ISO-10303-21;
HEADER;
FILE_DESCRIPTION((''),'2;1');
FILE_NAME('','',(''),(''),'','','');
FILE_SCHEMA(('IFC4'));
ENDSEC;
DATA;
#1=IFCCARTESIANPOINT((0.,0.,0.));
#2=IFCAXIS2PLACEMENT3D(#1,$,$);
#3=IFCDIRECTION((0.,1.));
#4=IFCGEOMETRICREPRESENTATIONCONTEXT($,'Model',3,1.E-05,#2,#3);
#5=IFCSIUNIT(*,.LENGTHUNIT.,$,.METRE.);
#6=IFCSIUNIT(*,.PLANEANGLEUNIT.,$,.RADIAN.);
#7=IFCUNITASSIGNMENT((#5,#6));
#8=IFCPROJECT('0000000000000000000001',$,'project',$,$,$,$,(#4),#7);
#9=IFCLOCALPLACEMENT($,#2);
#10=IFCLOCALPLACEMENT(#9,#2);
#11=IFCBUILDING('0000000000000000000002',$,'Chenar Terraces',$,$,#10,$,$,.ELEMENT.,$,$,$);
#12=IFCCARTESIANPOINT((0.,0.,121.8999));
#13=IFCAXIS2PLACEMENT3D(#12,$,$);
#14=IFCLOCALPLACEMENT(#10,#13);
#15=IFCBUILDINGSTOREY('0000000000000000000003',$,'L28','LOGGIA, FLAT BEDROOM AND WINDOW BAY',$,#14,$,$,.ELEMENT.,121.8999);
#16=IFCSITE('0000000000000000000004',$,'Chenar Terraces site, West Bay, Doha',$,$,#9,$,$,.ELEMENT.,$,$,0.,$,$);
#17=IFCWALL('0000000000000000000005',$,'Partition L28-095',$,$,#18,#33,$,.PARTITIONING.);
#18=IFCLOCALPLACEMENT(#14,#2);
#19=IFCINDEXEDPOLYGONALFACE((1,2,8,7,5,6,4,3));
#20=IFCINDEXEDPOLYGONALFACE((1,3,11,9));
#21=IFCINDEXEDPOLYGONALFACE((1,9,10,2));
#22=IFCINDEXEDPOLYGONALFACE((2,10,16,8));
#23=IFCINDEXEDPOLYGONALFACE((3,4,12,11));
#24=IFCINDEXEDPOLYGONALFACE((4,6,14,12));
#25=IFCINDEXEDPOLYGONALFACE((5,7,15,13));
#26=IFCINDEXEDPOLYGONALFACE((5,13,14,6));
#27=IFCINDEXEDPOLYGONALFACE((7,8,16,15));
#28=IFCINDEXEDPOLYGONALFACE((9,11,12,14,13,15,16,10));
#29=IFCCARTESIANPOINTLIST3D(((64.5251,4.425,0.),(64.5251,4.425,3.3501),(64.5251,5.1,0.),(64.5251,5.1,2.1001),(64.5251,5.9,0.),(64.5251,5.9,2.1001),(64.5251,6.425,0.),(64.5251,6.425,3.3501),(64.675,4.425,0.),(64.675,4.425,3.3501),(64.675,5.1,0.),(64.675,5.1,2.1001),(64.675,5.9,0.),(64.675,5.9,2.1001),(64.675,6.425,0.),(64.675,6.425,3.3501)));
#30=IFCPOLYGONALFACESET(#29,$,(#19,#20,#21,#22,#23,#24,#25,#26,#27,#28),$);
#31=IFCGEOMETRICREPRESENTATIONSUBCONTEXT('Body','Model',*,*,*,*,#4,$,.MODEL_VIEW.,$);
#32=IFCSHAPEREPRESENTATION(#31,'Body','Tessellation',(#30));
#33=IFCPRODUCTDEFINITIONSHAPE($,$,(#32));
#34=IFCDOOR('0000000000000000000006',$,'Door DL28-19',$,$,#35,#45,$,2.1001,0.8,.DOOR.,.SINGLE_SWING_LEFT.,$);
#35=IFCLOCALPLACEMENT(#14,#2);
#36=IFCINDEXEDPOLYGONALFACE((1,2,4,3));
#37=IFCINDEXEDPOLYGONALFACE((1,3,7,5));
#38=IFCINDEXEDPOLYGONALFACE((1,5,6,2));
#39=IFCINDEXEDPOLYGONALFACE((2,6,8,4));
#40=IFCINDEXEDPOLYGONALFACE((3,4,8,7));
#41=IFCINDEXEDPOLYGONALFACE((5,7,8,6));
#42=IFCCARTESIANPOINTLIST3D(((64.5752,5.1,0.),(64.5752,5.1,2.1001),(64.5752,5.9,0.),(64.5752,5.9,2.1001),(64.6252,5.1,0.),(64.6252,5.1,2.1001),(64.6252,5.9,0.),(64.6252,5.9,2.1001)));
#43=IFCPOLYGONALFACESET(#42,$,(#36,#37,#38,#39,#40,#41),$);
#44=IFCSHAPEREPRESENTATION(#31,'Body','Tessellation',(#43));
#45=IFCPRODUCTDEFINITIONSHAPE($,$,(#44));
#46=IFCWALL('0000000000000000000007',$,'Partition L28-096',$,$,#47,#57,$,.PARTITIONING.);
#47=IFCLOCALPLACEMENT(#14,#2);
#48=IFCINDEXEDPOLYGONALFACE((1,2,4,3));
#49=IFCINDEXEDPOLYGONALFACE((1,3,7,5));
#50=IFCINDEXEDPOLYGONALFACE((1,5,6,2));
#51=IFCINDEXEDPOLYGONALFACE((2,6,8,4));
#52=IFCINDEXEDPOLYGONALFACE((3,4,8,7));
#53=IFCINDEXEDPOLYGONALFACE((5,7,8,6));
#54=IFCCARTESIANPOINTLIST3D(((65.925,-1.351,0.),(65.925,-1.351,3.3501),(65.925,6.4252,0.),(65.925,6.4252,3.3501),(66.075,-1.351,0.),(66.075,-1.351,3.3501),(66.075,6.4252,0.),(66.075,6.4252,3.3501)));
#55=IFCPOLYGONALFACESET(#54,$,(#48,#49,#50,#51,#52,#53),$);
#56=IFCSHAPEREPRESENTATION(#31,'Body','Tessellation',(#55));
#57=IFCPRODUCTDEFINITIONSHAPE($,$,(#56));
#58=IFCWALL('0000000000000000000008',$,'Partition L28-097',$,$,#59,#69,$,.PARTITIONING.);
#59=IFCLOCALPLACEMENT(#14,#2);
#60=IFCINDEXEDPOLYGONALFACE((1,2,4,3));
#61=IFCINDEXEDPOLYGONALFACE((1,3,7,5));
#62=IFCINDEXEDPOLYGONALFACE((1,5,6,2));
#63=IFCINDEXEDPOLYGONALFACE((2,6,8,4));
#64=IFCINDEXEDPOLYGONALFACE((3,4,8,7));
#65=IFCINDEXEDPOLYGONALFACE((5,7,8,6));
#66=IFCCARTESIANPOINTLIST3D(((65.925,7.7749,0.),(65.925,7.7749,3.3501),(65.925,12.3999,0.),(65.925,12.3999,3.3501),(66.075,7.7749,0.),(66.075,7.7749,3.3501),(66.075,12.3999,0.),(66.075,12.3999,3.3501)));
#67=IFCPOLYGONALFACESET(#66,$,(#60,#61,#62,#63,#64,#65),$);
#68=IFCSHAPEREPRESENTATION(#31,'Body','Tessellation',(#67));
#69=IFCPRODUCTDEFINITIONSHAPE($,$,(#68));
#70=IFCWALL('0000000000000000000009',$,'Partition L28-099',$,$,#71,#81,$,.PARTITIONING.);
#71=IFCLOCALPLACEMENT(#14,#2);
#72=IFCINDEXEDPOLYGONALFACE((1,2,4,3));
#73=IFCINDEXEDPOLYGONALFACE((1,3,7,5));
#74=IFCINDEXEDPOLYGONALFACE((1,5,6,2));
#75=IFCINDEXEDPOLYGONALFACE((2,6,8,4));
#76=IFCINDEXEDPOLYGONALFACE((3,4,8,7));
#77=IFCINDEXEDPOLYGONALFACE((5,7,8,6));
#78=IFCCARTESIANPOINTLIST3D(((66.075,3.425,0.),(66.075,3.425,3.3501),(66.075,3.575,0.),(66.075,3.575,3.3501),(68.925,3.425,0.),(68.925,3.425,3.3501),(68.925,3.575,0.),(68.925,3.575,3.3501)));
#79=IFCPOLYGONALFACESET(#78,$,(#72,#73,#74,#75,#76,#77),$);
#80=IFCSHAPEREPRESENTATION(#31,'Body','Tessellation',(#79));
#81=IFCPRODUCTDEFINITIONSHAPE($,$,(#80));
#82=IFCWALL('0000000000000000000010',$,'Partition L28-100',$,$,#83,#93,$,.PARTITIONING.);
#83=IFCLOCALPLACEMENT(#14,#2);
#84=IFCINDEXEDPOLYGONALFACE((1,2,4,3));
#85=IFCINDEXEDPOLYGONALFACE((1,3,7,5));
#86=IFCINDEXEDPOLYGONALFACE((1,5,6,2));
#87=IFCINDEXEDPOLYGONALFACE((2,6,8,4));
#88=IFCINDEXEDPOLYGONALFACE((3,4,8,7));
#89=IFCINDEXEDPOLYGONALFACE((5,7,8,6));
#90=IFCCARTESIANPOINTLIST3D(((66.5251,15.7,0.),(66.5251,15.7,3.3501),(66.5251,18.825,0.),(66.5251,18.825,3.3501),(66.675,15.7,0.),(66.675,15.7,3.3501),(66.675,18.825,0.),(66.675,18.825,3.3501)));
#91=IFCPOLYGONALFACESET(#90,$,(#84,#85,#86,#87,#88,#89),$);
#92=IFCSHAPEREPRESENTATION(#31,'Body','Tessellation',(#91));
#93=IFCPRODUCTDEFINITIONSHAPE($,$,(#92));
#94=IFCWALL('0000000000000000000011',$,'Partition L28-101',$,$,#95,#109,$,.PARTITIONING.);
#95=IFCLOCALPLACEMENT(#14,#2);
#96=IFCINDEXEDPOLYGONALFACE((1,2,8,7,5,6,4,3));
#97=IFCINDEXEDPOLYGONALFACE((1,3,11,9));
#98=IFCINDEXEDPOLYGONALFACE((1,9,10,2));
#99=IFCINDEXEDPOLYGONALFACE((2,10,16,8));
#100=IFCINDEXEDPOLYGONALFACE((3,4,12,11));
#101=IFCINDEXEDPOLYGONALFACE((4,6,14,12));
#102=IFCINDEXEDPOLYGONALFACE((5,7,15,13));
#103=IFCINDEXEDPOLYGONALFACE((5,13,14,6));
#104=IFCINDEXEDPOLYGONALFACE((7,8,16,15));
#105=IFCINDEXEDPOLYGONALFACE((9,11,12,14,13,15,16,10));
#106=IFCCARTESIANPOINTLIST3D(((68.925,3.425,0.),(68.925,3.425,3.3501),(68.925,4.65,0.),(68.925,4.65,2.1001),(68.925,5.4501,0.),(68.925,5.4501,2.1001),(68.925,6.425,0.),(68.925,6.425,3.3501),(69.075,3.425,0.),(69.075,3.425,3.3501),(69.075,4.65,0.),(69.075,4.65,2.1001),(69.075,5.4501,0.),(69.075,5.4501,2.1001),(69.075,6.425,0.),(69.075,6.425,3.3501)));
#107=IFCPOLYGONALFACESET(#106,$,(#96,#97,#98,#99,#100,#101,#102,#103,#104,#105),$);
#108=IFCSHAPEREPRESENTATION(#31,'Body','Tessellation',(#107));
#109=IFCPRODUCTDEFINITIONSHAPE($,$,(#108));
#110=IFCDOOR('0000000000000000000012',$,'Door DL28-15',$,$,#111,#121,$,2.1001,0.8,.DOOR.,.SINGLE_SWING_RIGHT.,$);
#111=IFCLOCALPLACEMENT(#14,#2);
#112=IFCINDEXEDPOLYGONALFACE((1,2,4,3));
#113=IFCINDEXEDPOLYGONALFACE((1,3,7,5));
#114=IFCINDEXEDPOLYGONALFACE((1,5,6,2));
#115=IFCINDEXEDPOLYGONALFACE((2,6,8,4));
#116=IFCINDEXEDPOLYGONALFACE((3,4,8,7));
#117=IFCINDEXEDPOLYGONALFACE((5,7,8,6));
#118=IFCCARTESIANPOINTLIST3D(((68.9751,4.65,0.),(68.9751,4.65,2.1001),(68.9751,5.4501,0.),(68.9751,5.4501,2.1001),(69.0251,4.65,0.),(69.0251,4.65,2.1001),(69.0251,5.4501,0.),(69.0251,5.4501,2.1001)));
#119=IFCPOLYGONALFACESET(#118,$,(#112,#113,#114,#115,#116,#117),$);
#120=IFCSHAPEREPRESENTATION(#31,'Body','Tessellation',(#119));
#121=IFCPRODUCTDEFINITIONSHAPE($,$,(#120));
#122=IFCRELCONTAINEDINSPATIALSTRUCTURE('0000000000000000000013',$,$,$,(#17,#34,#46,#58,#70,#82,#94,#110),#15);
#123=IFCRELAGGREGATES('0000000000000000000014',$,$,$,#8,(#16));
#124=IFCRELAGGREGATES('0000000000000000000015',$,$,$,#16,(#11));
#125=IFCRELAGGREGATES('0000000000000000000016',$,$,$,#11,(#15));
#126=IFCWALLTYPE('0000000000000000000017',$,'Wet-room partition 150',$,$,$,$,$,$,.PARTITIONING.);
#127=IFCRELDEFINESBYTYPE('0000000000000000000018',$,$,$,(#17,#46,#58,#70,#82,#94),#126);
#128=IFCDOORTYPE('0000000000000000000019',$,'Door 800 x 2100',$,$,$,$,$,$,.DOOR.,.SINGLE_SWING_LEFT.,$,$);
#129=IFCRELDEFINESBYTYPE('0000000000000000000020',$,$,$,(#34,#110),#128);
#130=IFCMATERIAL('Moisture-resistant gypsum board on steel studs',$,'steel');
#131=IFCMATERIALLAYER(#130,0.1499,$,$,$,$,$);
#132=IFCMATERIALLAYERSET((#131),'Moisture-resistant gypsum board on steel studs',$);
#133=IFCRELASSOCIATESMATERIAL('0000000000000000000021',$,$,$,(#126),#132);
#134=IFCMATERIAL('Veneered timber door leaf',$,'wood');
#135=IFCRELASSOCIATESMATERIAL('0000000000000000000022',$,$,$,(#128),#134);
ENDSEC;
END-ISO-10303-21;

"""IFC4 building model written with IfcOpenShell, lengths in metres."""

from ifc_helpers import new_model, si_unit, direction, frame, frame_2d, origin, place, context, subcontext, project, spatial, rectangle, extrude, material, layer, layer_set, type_object, element, fill, save


model = new_model("IFC4")

# Units and contexts
model_context = context("Model", 3, precision=1e-05, world=origin(), true_north=direction((0.0, 1.0)))
body_context = subcontext(model_context, "Body", "Model", "MODEL_VIEW")
ifc_project = project(units=[si_unit("LENGTHUNIT", "METRE"), si_unit("PLANEANGLEUNIT", "RADIAN")], contexts=[model_context])

# Site, building, storey
site_placement = place(None, origin())
site = spatial("IfcSite", under=ifc_project, at=site_placement, Name="Chenar Terraces site, West Bay, Doha", CompositionType="ELEMENT", RefElevation=0.0)
building_placement = place(site_placement, origin())
building = spatial("IfcBuilding", under=site, at=building_placement, Name="Chenar Terraces", CompositionType="ELEMENT")
storey_placement = place(building_placement, frame((0.0, 0.0, 121.8999)))
storey = spatial("IfcBuildingStorey", under=building, at=storey_placement, Name="L28", Description="LOGGIA, FLAT BEDROOM AND WINDOW BAY", CompositionType="ELEMENT", Elevation=121.8999)

# Shared definitions
ifc_material_1 = material(Name="Moisture-resistant gypsum board on steel studs", Category="steel")
ifc_layer_1 = layer(ifc_material_1, 0.1499)
ifc_layer_set_1 = layer_set([ifc_layer_1], Name="Moisture-resistant gypsum board on steel studs")
wall_type_1 = type_object("IfcWallType", Name="Wet-room partition 150", PredefinedType="PARTITIONING", material=ifc_layer_set_1)

# Wall, opening, door
wall_1_placement = place(storey_placement, frame((64.6001, 4.425, 0.0), z_axis=(0.0, 0.0, 1.0), x_axis=(0.0, 1.0, 0.0)))
wall_1 = element("IfcWall", 1, at=wall_1_placement, inside=storey, type_object=wall_type_1, Name="Partition L28-095", PredefinedType="PARTITIONING", context=body_context, shape_type="SweptSolid", body=[
    extrude(rectangle(XDim=2.0, YDim=0.1499, at=frame_2d((1.0, 0.0))), origin(), (0.0, 0.0, 1.0), 3.3501),
])
opening_1_placement = place(wall_1_placement, frame((0.675, 0.0, 0.0)))
opening_1 = element("IfcOpeningElement", 2, at=opening_1_placement, cuts=wall_1, PredefinedType="OPENING", context=body_context, shape_type="SweptSolid", body=[
    extrude(rectangle(XDim=0.8, YDim=2.1001, at=frame_2d((0.3999, 1.05))), frame((0.0, 0.085, 0.0), z_axis=(0.0, -1.0, 0.0), x_axis=(1.0, 0.0, 0.0)), (0.0, 0.0, 1.0), 0.1699),
])
ifc_material_2 = material(Name="Veneered timber door leaf", Category="wood")
door_type_1 = type_object("IfcDoorType", Name="Door 800 x 2100", OperationType="SINGLE_SWING_LEFT", PredefinedType="DOOR", material=ifc_material_2)
door_1_placement = place(opening_1_placement, origin())
door_1 = element("IfcDoor", 3, at=door_1_placement, inside=storey, type_object=door_type_1, Name="Door DL28-19", OperationType="SINGLE_SWING_LEFT", OverallHeight=2.1001, OverallWidth=0.8, PredefinedType="DOOR", context=body_context, shape_type="SweptSolid", body=[
    extrude(rectangle(XDim=0.8, YDim=2.1001, at=frame_2d((0.3999, 1.05))), frame((0.0, 0.0249, 0.0), z_axis=(0.0, -1.0, 0.0), x_axis=(1.0, 0.0, 0.0)), (0.0, 0.0, 1.0), 0.05),
])
fill(opening_1, door_1)

# Walls
wall_2_placement = place(storey_placement, frame((66.0, -1.3511, 0.0), z_axis=(0.0, 0.0, 1.0), x_axis=(0.0, 1.0, 0.0)))
element("IfcWall", 4, at=wall_2_placement, inside=storey, type_object=wall_type_1, Name="Partition L28-096", PredefinedType="PARTITIONING", context=body_context, shape_type="SweptSolid", body=[
    extrude(rectangle(XDim=7.7761, YDim=0.1499, at=frame_2d((3.8882, 0.0))), origin(), (0.0, 0.0, 1.0), 3.3501),
])
wall_3_placement = place(storey_placement, frame((66.0, 7.7749, 0.0), z_axis=(0.0, 0.0, 1.0), x_axis=(0.0, 1.0, 0.0)))
element("IfcWall", 5, at=wall_3_placement, inside=storey, type_object=wall_type_1, Name="Partition L28-097", PredefinedType="PARTITIONING", context=body_context, shape_type="SweptSolid", body=[
    extrude(rectangle(XDim=4.625, YDim=0.1499, at=frame_2d((2.3125, 0.0))), origin(), (0.0, 0.0, 1.0), 3.3501),
])
wall_4_placement = place(storey_placement, frame((66.075, 3.5, 0.0), z_axis=(0.0, 0.0, 1.0), x_axis=(1.0, 0.0, 0.0)))
element("IfcWall", 6, at=wall_4_placement, inside=storey, type_object=wall_type_1, Name="Partition L28-099", PredefinedType="PARTITIONING", context=body_context, shape_type="SweptSolid", body=[
    extrude(rectangle(XDim=2.8501, YDim=0.1499, at=frame_2d((1.425, 0.0))), origin(), (0.0, 0.0, 1.0), 3.3501),
])
wall_5_placement = place(storey_placement, frame((66.6001, 15.7, 0.0), z_axis=(0.0, 0.0, 1.0), x_axis=(0.0, 1.0, 0.0)))
element("IfcWall", 7, at=wall_5_placement, inside=storey, type_object=wall_type_1, Name="Partition L28-100", PredefinedType="PARTITIONING", context=body_context, shape_type="SweptSolid", body=[
    extrude(rectangle(XDim=3.125, YDim=0.1499, at=frame_2d((1.5625, 0.0))), origin(), (0.0, 0.0, 1.0), 3.3501),
])

# Wall, opening, door
wall_6_placement = place(storey_placement, frame((69.0, 3.425, 0.0), z_axis=(0.0, 0.0, 1.0), x_axis=(0.0, 1.0, 0.0)))
wall_6 = element("IfcWall", 8, at=wall_6_placement, inside=storey, type_object=wall_type_1, Name="Partition L28-101", PredefinedType="PARTITIONING", context=body_context, shape_type="SweptSolid", body=[
    extrude(rectangle(XDim=3.0, YDim=0.1499, at=frame_2d((1.5, 0.0))), origin(), (0.0, 0.0, 1.0), 3.3501),
])
opening_2_placement = place(wall_6_placement, frame((1.2251, 0.0, 0.0)))
opening_2 = element("IfcOpeningElement", 9, at=opening_2_placement, cuts=wall_6, PredefinedType="OPENING", context=body_context, shape_type="SweptSolid", body=[
    extrude(rectangle(XDim=0.8, YDim=2.1001, at=frame_2d((0.3999, 1.05))), frame((0.0, 0.085, 0.0), z_axis=(0.0, -1.0, 0.0), x_axis=(1.0, 0.0, 0.0)), (0.0, 0.0, 1.0), 0.1699),
])
door_2_placement = place(opening_2_placement, origin())
door_2 = element("IfcDoor", 10, at=door_2_placement, inside=storey, type_object=door_type_1, Name="Door DL28-15", OperationType="SINGLE_SWING_RIGHT", OverallHeight=2.1001, OverallWidth=0.8, PredefinedType="DOOR", context=body_context, shape_type="SweptSolid", body=[
    extrude(rectangle(XDim=0.8, YDim=2.1001, at=frame_2d((0.3999, 1.05))), frame((0.0, 0.0249, 0.0), z_axis=(0.0, -1.0, 0.0), x_axis=(1.0, 0.0, 0.0)), (0.0, 0.0, 1.0), 0.05),
])
fill(opening_2, door_2)

save(model, "model.ifc")
